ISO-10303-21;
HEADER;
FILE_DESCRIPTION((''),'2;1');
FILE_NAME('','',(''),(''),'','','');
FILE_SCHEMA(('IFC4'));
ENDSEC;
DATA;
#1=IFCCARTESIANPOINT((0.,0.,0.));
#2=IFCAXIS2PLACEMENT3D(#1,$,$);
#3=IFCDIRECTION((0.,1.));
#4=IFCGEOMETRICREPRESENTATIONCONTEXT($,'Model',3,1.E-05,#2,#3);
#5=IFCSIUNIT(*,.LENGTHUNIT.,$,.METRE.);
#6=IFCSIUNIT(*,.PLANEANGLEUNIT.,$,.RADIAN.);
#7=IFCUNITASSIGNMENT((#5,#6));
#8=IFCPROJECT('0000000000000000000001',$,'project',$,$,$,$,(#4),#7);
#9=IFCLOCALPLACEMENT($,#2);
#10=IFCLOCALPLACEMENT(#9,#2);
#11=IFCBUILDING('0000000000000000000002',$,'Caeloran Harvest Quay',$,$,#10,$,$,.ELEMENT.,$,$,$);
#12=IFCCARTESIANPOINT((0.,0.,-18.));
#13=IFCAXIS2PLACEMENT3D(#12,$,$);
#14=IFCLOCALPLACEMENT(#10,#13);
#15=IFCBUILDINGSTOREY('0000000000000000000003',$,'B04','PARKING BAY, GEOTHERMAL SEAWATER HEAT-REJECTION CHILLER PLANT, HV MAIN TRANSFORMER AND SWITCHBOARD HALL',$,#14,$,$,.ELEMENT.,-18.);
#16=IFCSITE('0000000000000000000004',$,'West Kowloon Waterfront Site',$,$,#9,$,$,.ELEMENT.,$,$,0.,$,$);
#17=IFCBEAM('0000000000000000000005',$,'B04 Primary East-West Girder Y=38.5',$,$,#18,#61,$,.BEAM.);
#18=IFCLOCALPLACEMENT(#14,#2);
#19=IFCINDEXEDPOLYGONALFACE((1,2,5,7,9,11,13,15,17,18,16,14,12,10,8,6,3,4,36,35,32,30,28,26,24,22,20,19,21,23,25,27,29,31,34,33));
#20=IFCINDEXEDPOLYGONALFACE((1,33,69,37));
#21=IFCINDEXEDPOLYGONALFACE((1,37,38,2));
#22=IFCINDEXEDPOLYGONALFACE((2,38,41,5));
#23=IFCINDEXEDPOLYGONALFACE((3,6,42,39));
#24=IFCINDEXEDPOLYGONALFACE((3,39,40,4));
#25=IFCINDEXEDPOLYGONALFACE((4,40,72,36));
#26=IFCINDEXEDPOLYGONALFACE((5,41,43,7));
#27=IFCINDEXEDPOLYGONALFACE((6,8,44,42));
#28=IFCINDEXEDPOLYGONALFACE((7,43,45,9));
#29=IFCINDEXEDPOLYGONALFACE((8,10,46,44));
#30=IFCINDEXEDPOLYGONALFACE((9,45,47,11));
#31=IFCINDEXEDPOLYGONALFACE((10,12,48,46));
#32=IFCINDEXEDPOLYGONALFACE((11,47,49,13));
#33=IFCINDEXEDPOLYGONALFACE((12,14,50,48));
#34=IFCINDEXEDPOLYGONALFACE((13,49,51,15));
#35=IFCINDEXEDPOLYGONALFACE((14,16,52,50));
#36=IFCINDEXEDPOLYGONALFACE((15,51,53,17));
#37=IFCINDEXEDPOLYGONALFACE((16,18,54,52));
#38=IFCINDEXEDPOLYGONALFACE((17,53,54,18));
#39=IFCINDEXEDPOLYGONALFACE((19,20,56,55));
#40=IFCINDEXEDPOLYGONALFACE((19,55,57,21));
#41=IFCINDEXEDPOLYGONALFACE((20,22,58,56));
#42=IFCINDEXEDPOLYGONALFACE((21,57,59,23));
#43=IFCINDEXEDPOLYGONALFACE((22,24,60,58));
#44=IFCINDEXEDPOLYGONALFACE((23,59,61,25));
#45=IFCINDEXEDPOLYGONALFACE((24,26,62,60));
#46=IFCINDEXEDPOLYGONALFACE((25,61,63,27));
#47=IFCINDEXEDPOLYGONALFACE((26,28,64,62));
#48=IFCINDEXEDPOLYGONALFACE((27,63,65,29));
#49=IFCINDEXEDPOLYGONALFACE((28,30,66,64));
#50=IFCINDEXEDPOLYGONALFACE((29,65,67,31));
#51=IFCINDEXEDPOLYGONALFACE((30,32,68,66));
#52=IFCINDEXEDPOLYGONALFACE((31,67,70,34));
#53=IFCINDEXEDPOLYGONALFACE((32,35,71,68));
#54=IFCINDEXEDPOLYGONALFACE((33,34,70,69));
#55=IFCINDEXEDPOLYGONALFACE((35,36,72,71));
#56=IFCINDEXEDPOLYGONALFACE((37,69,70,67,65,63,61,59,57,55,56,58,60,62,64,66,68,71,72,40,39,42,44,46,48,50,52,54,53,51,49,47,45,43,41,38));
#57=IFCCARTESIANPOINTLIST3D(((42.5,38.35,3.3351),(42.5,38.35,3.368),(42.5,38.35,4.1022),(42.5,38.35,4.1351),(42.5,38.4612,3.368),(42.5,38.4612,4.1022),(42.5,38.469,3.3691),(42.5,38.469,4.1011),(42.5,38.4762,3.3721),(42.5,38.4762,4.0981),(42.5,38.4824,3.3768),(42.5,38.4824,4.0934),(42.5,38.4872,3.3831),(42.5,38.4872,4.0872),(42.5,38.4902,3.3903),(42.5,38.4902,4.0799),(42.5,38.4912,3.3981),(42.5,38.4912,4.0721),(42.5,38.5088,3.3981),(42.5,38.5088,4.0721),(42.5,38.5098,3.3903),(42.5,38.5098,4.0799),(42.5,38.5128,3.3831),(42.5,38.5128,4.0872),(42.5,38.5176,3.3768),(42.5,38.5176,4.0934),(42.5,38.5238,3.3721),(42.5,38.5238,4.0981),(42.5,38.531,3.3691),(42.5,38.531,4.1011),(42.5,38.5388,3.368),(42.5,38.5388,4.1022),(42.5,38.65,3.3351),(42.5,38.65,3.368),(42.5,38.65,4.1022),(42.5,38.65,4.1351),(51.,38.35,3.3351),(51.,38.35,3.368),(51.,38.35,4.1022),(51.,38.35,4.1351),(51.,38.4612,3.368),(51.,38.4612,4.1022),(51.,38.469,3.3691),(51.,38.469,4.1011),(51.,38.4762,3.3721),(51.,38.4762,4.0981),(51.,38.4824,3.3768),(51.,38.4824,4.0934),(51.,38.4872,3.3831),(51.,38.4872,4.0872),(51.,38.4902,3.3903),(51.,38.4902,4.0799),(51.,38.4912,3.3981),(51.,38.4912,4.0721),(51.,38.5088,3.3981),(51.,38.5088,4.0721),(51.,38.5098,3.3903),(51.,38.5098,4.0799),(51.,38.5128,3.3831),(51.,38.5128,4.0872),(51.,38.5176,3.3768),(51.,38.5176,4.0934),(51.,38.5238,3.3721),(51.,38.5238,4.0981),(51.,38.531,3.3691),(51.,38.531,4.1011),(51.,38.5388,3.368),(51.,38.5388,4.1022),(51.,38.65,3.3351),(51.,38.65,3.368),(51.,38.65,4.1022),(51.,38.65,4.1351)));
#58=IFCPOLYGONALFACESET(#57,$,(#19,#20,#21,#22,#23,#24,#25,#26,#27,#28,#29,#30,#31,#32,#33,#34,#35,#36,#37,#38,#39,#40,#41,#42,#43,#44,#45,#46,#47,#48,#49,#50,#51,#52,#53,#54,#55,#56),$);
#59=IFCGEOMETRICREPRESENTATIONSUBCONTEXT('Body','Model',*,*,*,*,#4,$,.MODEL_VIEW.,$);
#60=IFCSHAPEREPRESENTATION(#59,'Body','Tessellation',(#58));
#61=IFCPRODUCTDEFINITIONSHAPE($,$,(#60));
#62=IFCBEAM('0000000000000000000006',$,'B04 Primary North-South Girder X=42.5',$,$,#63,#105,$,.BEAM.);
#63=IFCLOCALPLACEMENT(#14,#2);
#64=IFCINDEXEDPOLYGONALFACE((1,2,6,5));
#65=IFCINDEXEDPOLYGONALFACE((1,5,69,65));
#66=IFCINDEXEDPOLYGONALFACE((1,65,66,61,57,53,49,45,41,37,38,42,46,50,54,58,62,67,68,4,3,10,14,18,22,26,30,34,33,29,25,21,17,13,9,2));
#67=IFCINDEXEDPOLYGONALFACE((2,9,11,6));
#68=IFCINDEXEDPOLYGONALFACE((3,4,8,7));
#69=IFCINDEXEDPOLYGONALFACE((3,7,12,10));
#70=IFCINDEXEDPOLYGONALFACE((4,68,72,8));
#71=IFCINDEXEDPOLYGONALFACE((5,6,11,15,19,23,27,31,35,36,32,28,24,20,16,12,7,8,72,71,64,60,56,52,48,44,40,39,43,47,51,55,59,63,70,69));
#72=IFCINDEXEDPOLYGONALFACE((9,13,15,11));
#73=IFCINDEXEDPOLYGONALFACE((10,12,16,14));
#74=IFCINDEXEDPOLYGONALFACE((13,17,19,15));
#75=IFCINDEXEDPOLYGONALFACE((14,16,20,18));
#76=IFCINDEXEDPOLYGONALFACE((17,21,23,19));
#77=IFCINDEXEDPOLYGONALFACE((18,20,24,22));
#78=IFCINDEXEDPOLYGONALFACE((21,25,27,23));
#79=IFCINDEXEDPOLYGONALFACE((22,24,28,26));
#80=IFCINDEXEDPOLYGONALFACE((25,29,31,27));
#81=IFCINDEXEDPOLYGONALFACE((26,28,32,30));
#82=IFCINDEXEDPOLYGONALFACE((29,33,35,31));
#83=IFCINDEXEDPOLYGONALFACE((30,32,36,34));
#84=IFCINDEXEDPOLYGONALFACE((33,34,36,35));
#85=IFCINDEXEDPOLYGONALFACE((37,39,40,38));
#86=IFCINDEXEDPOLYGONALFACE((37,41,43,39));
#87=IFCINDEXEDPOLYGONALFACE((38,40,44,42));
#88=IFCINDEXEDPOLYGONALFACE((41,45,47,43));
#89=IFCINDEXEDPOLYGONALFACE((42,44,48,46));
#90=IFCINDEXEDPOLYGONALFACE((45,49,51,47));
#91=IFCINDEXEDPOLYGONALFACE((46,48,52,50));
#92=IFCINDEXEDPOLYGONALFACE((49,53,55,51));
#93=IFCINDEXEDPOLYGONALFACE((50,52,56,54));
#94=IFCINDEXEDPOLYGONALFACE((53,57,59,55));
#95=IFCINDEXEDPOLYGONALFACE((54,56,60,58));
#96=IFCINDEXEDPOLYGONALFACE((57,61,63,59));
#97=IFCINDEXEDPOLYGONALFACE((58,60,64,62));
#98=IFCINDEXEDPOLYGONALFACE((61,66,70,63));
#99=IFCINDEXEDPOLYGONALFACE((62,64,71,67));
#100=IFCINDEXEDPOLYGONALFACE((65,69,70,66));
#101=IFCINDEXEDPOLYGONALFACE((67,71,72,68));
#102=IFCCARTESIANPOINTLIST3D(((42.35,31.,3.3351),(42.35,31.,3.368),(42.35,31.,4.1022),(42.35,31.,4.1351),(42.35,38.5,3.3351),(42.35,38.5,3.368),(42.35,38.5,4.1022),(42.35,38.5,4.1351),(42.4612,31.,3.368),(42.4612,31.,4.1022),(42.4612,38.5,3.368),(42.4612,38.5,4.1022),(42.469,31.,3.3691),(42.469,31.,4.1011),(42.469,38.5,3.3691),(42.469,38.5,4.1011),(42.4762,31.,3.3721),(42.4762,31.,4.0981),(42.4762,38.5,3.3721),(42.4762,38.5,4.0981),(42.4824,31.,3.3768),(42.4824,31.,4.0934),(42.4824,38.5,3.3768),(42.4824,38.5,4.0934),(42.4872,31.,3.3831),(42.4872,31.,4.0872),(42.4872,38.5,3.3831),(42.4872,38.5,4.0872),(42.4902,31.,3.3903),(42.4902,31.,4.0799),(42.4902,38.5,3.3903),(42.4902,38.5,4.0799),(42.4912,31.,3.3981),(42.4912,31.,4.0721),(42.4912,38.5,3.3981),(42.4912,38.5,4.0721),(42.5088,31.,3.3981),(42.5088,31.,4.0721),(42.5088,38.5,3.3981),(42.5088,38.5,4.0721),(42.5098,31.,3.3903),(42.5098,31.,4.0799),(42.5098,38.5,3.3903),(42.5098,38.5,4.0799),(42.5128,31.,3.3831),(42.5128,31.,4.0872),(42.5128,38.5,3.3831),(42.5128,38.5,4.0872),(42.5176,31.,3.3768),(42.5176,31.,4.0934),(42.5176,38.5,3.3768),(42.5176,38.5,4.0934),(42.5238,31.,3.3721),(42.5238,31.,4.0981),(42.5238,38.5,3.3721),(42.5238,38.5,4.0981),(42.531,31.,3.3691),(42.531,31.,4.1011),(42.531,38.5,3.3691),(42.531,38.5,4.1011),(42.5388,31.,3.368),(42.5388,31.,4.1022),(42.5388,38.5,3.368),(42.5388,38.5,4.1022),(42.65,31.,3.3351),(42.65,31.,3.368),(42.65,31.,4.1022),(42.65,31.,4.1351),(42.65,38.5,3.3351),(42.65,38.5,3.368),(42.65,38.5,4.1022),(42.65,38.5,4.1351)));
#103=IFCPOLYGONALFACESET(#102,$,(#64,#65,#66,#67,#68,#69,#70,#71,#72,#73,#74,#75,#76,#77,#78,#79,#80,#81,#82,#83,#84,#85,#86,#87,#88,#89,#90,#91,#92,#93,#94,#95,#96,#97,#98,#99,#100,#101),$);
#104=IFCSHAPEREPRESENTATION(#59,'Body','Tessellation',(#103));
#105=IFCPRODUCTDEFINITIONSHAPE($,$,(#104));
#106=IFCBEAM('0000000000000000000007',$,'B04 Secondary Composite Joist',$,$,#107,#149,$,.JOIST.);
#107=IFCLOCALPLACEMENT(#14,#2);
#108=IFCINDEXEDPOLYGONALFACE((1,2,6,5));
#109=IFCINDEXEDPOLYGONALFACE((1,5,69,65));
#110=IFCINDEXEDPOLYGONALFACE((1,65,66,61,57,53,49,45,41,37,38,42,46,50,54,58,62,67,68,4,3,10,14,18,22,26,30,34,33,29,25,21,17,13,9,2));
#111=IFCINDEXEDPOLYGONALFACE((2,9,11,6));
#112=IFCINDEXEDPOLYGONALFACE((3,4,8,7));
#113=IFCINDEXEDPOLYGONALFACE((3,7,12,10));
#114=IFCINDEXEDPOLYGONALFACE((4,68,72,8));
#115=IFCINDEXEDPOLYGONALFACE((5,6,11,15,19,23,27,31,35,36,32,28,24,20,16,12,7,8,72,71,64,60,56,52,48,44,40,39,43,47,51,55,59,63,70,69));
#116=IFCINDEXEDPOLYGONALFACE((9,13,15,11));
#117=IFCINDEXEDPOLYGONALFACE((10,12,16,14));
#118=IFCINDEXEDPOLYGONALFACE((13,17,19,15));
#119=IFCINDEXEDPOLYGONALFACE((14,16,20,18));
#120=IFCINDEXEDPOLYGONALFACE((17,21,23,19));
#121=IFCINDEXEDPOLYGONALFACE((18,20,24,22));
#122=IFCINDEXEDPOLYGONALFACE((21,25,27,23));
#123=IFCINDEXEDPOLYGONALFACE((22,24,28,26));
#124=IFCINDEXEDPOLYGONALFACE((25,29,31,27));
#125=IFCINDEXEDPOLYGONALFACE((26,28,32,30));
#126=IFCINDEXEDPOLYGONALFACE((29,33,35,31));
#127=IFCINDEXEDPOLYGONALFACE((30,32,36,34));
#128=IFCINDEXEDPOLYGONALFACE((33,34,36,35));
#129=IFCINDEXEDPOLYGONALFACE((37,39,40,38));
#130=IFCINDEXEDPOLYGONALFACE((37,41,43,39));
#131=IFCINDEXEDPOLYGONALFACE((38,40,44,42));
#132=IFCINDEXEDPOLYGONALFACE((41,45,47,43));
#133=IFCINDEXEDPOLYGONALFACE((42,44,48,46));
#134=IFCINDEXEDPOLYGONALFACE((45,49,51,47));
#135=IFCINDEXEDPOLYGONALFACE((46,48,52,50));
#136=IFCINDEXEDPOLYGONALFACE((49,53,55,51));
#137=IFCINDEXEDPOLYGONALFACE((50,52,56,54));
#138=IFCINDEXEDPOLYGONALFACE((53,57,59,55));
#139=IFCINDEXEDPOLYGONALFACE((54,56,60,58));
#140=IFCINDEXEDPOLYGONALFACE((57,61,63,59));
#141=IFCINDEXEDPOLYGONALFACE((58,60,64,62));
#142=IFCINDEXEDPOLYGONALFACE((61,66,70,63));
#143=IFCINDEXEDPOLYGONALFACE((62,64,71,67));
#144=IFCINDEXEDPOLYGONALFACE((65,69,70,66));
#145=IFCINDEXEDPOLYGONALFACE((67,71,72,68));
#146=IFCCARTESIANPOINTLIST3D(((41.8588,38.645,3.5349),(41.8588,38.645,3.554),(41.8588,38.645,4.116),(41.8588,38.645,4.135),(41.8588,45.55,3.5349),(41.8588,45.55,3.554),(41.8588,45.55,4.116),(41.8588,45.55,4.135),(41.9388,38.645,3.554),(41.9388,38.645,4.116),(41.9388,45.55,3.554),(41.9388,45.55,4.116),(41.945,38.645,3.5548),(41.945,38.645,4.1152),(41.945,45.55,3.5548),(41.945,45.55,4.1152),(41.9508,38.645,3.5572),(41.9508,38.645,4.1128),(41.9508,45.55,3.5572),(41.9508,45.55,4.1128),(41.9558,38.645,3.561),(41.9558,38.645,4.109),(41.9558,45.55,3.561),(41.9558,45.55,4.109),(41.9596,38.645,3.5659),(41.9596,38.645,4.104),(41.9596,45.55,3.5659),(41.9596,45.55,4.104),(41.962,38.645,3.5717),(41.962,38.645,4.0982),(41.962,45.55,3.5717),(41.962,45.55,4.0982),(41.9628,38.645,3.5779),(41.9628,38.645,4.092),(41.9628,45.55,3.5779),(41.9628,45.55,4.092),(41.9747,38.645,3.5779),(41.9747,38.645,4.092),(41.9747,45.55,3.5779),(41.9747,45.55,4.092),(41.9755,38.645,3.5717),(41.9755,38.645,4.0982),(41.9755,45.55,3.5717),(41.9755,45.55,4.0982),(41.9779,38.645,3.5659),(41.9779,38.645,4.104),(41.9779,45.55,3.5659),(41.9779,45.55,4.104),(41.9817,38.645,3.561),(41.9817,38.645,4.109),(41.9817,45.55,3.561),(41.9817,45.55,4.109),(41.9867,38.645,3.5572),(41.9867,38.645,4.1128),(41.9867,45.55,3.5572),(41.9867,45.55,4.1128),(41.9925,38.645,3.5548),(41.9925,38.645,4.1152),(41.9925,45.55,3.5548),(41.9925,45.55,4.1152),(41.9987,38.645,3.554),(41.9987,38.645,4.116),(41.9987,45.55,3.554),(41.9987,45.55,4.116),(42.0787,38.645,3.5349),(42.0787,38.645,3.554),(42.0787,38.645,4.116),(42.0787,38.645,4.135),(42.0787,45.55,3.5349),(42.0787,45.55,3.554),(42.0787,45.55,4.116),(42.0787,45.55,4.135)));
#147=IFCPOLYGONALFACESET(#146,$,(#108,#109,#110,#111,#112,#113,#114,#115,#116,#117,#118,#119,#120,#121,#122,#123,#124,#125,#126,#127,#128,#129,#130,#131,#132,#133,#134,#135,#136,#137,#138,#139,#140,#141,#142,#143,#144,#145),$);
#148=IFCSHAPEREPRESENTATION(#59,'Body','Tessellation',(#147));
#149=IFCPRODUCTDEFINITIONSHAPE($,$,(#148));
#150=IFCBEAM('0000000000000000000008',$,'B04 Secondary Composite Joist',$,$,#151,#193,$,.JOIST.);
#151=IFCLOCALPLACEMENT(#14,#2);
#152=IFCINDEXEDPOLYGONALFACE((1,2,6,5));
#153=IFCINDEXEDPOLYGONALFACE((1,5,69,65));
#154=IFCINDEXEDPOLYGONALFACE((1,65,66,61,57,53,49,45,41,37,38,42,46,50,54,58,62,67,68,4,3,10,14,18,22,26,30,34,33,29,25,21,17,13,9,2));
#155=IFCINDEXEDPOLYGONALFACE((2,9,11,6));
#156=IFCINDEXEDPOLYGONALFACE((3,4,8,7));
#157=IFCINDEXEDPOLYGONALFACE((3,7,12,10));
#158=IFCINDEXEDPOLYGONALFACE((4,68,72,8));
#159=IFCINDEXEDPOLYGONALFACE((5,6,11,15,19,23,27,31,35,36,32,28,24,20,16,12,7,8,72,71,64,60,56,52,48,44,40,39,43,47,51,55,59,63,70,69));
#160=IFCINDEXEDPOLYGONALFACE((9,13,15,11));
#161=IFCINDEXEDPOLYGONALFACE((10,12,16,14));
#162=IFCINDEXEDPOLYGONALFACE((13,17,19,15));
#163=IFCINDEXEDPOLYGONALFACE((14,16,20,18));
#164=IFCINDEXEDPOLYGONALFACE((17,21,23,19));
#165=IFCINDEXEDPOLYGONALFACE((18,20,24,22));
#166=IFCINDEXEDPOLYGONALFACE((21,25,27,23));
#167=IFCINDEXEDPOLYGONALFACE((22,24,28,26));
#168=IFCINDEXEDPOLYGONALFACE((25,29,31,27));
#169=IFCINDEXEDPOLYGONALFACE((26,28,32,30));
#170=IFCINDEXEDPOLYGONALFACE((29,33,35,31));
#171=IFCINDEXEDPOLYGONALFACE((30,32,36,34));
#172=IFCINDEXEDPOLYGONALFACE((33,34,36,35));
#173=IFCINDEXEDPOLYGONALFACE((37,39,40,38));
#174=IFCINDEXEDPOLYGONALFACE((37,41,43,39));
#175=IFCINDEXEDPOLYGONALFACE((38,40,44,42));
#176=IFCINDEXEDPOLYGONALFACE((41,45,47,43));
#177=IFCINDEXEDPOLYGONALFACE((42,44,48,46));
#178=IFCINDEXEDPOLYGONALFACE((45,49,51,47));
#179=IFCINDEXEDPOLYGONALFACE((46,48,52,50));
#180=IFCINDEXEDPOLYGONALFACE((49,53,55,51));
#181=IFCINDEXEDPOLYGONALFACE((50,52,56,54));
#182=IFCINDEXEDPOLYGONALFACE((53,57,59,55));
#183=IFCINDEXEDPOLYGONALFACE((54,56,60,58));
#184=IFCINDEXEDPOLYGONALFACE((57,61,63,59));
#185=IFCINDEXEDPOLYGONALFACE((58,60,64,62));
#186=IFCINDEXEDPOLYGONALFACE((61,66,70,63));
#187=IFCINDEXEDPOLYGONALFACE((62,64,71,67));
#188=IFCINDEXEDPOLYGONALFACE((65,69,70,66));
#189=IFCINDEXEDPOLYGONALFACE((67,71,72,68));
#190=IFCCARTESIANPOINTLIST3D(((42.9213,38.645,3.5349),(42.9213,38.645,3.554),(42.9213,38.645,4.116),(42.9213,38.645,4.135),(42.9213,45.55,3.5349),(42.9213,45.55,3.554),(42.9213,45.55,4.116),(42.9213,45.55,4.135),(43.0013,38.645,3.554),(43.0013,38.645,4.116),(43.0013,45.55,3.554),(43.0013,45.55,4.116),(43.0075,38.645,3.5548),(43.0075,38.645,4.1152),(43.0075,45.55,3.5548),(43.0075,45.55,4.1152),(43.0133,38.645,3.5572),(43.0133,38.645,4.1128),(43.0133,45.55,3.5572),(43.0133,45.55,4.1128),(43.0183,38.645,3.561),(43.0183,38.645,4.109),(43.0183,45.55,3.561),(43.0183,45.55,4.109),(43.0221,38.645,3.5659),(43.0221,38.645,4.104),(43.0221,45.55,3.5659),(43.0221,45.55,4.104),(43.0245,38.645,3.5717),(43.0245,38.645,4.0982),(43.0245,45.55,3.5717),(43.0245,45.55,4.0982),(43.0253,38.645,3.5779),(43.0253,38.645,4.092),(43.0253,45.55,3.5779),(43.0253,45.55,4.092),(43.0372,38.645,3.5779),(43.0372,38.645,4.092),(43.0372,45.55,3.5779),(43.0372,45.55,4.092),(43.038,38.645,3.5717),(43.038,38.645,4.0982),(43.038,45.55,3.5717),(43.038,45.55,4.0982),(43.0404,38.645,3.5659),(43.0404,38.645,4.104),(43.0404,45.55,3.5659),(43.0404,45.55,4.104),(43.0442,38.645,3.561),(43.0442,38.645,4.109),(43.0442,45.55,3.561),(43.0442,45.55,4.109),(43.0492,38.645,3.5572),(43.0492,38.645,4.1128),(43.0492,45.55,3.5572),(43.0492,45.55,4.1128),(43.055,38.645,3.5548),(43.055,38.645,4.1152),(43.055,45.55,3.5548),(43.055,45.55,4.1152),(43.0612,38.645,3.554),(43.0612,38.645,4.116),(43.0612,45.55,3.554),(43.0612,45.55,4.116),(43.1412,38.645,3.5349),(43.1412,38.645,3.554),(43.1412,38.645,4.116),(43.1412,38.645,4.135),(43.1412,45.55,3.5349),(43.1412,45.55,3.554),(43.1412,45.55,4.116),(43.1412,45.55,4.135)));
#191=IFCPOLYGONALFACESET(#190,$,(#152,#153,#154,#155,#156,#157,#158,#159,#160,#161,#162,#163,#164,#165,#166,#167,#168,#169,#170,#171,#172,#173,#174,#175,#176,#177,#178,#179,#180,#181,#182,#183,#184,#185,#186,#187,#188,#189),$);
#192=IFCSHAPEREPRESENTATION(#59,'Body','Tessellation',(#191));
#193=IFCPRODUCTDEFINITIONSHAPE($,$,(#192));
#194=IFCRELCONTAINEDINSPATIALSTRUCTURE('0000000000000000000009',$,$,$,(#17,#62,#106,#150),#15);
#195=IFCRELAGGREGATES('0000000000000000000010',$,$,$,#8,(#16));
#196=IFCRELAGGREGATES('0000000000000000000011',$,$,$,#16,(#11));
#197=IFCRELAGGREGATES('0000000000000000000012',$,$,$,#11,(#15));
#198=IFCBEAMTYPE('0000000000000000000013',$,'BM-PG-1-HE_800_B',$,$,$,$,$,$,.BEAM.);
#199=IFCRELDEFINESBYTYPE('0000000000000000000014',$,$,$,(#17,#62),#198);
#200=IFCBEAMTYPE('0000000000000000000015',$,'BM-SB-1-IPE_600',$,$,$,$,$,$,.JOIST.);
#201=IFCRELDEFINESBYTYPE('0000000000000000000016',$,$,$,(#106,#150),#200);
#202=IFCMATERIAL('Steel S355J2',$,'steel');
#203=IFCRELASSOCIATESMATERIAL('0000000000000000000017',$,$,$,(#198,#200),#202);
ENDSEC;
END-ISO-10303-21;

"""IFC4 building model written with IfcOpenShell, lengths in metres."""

from ifc_helpers import new_model, si_unit, direction, frame, origin, origin_2d, place, context, subcontext, project, spatial, i_section, extrude, material, material_profile, profile_set, type_object, element, save


model = new_model("IFC4")

# Units and contexts
model_context = context("Model", 3, precision=1e-05, world=origin(), true_north=direction((0.0, 1.0)))
body_context = subcontext(model_context, "Body", "Model", "MODEL_VIEW")
ifc_project = project(units=[si_unit("LENGTHUNIT", "METRE"), si_unit("PLANEANGLEUNIT", "RADIAN")], contexts=[model_context])

# Site, building, storey
site_placement = place(None, origin())
site = spatial("IfcSite", under=ifc_project, at=site_placement, Name="West Kowloon Waterfront Site", CompositionType="ELEMENT", RefElevation=0.0)
building_placement = place(site_placement, origin())
building = spatial("IfcBuilding", under=site, at=building_placement, Name="Caeloran Harvest Quay", CompositionType="ELEMENT")
storey_placement = place(building_placement, frame((0.0, 0.0, -18.0)))
storey = spatial("IfcBuildingStorey", under=building, at=storey_placement, Name="B04", Description="PARKING BAY, GEOTHERMAL SEAWATER HEAT-REJECTION CHILLER PLANT, HV MAIN TRANSFORMER AND SWITCHBOARD HALL", CompositionType="ELEMENT", Elevation=-18.0)

# Beams
ifc_material_1 = material(Name="Steel S355J2", Category="steel")
ifc_material_profile_1 = material_profile(ifc_material_1, i_section(OverallWidth=0.3, OverallDepth=0.8, WebThickness=0.0176, FlangeThickness=0.033, FilletRadius=0.03, at=origin_2d()), Name="HE 800 B")
ifc_profile_set_1 = profile_set([ifc_material_profile_1], Name="Steel S355J2")
beam_type_1 = type_object("IfcBeamType", Name="BM-PG-1-HE_800_B", PredefinedType="BEAM", material=ifc_profile_set_1)
for number, where, z_axis, x_axis, name in (
    (1, (42.5, 38.5, 3.7351), (1.0, 0.0, 0.0), (0.0, 1.0, 0.0), "B04 Primary East-West Girder Y=38.5"),
):
    element("IfcBeam", number, at=place(storey_placement, frame(where, z_axis=z_axis, x_axis=x_axis)), inside=storey, type_object=beam_type_1, Name=name, PredefinedType="BEAM", context=body_context, shape_type="SweptSolid", body=[
        extrude(i_section(OverallWidth=0.3, OverallDepth=0.8, WebThickness=0.0176, FlangeThickness=0.033, FilletRadius=0.03, at=origin_2d()), origin(), (0.0, 0.0, 1.0), 8.5),
    ])
beam_placement = place(storey_placement, frame((42.5, 31.0, 3.7351), z_axis=(0.0, 1.0, 0.0), x_axis=(-1.0, 0.0, 0.0)))
element("IfcBeam", 2, at=beam_placement, inside=storey, type_object=beam_type_1, Name="B04 Primary North-South Girder X=42.5", PredefinedType="BEAM", context=body_context, shape_type="SweptSolid", body=[
    extrude(i_section(OverallWidth=0.3, OverallDepth=0.8, WebThickness=0.0176, FlangeThickness=0.033, FilletRadius=0.03, at=origin_2d()), origin(), (0.0, 0.0, 1.0), 7.5),
])
ifc_material_profile_2 = material_profile(ifc_material_1, i_section(OverallWidth=0.22, OverallDepth=0.6001, WebThickness=0.012, FlangeThickness=0.019, FilletRadius=0.0239, at=origin_2d()), Name="IPE 600")
ifc_profile_set_2 = profile_set([ifc_material_profile_2], Name="Steel S355J2")
beam_type_2 = type_object("IfcBeamType", Name="BM-SB-1-IPE_600", PredefinedType="JOIST", material=ifc_profile_set_2)
for number, where, z_axis, x_axis, name in (
    (3, (41.9688, 38.645, 3.835), (0.0, 1.0, 0.0), (-1.0, 0.0, 0.0), "B04 Secondary Composite Joist"),
    (4, (43.0312, 38.645, 3.835), (0.0, 1.0, 0.0), (-1.0, 0.0, 0.0), "B04 Secondary Composite Joist"),
):
    element("IfcBeam", number, at=place(storey_placement, frame(where, z_axis=z_axis, x_axis=x_axis)), inside=storey, type_object=beam_type_2, Name=name, PredefinedType="JOIST", context=body_context, shape_type="SweptSolid", body=[
        extrude(i_section(OverallWidth=0.22, OverallDepth=0.6001, WebThickness=0.012, FlangeThickness=0.019, FilletRadius=0.0239, at=origin_2d()), origin(), (0.0, 0.0, 1.0), 6.905),
    ])

save(model, "model.ifc")
